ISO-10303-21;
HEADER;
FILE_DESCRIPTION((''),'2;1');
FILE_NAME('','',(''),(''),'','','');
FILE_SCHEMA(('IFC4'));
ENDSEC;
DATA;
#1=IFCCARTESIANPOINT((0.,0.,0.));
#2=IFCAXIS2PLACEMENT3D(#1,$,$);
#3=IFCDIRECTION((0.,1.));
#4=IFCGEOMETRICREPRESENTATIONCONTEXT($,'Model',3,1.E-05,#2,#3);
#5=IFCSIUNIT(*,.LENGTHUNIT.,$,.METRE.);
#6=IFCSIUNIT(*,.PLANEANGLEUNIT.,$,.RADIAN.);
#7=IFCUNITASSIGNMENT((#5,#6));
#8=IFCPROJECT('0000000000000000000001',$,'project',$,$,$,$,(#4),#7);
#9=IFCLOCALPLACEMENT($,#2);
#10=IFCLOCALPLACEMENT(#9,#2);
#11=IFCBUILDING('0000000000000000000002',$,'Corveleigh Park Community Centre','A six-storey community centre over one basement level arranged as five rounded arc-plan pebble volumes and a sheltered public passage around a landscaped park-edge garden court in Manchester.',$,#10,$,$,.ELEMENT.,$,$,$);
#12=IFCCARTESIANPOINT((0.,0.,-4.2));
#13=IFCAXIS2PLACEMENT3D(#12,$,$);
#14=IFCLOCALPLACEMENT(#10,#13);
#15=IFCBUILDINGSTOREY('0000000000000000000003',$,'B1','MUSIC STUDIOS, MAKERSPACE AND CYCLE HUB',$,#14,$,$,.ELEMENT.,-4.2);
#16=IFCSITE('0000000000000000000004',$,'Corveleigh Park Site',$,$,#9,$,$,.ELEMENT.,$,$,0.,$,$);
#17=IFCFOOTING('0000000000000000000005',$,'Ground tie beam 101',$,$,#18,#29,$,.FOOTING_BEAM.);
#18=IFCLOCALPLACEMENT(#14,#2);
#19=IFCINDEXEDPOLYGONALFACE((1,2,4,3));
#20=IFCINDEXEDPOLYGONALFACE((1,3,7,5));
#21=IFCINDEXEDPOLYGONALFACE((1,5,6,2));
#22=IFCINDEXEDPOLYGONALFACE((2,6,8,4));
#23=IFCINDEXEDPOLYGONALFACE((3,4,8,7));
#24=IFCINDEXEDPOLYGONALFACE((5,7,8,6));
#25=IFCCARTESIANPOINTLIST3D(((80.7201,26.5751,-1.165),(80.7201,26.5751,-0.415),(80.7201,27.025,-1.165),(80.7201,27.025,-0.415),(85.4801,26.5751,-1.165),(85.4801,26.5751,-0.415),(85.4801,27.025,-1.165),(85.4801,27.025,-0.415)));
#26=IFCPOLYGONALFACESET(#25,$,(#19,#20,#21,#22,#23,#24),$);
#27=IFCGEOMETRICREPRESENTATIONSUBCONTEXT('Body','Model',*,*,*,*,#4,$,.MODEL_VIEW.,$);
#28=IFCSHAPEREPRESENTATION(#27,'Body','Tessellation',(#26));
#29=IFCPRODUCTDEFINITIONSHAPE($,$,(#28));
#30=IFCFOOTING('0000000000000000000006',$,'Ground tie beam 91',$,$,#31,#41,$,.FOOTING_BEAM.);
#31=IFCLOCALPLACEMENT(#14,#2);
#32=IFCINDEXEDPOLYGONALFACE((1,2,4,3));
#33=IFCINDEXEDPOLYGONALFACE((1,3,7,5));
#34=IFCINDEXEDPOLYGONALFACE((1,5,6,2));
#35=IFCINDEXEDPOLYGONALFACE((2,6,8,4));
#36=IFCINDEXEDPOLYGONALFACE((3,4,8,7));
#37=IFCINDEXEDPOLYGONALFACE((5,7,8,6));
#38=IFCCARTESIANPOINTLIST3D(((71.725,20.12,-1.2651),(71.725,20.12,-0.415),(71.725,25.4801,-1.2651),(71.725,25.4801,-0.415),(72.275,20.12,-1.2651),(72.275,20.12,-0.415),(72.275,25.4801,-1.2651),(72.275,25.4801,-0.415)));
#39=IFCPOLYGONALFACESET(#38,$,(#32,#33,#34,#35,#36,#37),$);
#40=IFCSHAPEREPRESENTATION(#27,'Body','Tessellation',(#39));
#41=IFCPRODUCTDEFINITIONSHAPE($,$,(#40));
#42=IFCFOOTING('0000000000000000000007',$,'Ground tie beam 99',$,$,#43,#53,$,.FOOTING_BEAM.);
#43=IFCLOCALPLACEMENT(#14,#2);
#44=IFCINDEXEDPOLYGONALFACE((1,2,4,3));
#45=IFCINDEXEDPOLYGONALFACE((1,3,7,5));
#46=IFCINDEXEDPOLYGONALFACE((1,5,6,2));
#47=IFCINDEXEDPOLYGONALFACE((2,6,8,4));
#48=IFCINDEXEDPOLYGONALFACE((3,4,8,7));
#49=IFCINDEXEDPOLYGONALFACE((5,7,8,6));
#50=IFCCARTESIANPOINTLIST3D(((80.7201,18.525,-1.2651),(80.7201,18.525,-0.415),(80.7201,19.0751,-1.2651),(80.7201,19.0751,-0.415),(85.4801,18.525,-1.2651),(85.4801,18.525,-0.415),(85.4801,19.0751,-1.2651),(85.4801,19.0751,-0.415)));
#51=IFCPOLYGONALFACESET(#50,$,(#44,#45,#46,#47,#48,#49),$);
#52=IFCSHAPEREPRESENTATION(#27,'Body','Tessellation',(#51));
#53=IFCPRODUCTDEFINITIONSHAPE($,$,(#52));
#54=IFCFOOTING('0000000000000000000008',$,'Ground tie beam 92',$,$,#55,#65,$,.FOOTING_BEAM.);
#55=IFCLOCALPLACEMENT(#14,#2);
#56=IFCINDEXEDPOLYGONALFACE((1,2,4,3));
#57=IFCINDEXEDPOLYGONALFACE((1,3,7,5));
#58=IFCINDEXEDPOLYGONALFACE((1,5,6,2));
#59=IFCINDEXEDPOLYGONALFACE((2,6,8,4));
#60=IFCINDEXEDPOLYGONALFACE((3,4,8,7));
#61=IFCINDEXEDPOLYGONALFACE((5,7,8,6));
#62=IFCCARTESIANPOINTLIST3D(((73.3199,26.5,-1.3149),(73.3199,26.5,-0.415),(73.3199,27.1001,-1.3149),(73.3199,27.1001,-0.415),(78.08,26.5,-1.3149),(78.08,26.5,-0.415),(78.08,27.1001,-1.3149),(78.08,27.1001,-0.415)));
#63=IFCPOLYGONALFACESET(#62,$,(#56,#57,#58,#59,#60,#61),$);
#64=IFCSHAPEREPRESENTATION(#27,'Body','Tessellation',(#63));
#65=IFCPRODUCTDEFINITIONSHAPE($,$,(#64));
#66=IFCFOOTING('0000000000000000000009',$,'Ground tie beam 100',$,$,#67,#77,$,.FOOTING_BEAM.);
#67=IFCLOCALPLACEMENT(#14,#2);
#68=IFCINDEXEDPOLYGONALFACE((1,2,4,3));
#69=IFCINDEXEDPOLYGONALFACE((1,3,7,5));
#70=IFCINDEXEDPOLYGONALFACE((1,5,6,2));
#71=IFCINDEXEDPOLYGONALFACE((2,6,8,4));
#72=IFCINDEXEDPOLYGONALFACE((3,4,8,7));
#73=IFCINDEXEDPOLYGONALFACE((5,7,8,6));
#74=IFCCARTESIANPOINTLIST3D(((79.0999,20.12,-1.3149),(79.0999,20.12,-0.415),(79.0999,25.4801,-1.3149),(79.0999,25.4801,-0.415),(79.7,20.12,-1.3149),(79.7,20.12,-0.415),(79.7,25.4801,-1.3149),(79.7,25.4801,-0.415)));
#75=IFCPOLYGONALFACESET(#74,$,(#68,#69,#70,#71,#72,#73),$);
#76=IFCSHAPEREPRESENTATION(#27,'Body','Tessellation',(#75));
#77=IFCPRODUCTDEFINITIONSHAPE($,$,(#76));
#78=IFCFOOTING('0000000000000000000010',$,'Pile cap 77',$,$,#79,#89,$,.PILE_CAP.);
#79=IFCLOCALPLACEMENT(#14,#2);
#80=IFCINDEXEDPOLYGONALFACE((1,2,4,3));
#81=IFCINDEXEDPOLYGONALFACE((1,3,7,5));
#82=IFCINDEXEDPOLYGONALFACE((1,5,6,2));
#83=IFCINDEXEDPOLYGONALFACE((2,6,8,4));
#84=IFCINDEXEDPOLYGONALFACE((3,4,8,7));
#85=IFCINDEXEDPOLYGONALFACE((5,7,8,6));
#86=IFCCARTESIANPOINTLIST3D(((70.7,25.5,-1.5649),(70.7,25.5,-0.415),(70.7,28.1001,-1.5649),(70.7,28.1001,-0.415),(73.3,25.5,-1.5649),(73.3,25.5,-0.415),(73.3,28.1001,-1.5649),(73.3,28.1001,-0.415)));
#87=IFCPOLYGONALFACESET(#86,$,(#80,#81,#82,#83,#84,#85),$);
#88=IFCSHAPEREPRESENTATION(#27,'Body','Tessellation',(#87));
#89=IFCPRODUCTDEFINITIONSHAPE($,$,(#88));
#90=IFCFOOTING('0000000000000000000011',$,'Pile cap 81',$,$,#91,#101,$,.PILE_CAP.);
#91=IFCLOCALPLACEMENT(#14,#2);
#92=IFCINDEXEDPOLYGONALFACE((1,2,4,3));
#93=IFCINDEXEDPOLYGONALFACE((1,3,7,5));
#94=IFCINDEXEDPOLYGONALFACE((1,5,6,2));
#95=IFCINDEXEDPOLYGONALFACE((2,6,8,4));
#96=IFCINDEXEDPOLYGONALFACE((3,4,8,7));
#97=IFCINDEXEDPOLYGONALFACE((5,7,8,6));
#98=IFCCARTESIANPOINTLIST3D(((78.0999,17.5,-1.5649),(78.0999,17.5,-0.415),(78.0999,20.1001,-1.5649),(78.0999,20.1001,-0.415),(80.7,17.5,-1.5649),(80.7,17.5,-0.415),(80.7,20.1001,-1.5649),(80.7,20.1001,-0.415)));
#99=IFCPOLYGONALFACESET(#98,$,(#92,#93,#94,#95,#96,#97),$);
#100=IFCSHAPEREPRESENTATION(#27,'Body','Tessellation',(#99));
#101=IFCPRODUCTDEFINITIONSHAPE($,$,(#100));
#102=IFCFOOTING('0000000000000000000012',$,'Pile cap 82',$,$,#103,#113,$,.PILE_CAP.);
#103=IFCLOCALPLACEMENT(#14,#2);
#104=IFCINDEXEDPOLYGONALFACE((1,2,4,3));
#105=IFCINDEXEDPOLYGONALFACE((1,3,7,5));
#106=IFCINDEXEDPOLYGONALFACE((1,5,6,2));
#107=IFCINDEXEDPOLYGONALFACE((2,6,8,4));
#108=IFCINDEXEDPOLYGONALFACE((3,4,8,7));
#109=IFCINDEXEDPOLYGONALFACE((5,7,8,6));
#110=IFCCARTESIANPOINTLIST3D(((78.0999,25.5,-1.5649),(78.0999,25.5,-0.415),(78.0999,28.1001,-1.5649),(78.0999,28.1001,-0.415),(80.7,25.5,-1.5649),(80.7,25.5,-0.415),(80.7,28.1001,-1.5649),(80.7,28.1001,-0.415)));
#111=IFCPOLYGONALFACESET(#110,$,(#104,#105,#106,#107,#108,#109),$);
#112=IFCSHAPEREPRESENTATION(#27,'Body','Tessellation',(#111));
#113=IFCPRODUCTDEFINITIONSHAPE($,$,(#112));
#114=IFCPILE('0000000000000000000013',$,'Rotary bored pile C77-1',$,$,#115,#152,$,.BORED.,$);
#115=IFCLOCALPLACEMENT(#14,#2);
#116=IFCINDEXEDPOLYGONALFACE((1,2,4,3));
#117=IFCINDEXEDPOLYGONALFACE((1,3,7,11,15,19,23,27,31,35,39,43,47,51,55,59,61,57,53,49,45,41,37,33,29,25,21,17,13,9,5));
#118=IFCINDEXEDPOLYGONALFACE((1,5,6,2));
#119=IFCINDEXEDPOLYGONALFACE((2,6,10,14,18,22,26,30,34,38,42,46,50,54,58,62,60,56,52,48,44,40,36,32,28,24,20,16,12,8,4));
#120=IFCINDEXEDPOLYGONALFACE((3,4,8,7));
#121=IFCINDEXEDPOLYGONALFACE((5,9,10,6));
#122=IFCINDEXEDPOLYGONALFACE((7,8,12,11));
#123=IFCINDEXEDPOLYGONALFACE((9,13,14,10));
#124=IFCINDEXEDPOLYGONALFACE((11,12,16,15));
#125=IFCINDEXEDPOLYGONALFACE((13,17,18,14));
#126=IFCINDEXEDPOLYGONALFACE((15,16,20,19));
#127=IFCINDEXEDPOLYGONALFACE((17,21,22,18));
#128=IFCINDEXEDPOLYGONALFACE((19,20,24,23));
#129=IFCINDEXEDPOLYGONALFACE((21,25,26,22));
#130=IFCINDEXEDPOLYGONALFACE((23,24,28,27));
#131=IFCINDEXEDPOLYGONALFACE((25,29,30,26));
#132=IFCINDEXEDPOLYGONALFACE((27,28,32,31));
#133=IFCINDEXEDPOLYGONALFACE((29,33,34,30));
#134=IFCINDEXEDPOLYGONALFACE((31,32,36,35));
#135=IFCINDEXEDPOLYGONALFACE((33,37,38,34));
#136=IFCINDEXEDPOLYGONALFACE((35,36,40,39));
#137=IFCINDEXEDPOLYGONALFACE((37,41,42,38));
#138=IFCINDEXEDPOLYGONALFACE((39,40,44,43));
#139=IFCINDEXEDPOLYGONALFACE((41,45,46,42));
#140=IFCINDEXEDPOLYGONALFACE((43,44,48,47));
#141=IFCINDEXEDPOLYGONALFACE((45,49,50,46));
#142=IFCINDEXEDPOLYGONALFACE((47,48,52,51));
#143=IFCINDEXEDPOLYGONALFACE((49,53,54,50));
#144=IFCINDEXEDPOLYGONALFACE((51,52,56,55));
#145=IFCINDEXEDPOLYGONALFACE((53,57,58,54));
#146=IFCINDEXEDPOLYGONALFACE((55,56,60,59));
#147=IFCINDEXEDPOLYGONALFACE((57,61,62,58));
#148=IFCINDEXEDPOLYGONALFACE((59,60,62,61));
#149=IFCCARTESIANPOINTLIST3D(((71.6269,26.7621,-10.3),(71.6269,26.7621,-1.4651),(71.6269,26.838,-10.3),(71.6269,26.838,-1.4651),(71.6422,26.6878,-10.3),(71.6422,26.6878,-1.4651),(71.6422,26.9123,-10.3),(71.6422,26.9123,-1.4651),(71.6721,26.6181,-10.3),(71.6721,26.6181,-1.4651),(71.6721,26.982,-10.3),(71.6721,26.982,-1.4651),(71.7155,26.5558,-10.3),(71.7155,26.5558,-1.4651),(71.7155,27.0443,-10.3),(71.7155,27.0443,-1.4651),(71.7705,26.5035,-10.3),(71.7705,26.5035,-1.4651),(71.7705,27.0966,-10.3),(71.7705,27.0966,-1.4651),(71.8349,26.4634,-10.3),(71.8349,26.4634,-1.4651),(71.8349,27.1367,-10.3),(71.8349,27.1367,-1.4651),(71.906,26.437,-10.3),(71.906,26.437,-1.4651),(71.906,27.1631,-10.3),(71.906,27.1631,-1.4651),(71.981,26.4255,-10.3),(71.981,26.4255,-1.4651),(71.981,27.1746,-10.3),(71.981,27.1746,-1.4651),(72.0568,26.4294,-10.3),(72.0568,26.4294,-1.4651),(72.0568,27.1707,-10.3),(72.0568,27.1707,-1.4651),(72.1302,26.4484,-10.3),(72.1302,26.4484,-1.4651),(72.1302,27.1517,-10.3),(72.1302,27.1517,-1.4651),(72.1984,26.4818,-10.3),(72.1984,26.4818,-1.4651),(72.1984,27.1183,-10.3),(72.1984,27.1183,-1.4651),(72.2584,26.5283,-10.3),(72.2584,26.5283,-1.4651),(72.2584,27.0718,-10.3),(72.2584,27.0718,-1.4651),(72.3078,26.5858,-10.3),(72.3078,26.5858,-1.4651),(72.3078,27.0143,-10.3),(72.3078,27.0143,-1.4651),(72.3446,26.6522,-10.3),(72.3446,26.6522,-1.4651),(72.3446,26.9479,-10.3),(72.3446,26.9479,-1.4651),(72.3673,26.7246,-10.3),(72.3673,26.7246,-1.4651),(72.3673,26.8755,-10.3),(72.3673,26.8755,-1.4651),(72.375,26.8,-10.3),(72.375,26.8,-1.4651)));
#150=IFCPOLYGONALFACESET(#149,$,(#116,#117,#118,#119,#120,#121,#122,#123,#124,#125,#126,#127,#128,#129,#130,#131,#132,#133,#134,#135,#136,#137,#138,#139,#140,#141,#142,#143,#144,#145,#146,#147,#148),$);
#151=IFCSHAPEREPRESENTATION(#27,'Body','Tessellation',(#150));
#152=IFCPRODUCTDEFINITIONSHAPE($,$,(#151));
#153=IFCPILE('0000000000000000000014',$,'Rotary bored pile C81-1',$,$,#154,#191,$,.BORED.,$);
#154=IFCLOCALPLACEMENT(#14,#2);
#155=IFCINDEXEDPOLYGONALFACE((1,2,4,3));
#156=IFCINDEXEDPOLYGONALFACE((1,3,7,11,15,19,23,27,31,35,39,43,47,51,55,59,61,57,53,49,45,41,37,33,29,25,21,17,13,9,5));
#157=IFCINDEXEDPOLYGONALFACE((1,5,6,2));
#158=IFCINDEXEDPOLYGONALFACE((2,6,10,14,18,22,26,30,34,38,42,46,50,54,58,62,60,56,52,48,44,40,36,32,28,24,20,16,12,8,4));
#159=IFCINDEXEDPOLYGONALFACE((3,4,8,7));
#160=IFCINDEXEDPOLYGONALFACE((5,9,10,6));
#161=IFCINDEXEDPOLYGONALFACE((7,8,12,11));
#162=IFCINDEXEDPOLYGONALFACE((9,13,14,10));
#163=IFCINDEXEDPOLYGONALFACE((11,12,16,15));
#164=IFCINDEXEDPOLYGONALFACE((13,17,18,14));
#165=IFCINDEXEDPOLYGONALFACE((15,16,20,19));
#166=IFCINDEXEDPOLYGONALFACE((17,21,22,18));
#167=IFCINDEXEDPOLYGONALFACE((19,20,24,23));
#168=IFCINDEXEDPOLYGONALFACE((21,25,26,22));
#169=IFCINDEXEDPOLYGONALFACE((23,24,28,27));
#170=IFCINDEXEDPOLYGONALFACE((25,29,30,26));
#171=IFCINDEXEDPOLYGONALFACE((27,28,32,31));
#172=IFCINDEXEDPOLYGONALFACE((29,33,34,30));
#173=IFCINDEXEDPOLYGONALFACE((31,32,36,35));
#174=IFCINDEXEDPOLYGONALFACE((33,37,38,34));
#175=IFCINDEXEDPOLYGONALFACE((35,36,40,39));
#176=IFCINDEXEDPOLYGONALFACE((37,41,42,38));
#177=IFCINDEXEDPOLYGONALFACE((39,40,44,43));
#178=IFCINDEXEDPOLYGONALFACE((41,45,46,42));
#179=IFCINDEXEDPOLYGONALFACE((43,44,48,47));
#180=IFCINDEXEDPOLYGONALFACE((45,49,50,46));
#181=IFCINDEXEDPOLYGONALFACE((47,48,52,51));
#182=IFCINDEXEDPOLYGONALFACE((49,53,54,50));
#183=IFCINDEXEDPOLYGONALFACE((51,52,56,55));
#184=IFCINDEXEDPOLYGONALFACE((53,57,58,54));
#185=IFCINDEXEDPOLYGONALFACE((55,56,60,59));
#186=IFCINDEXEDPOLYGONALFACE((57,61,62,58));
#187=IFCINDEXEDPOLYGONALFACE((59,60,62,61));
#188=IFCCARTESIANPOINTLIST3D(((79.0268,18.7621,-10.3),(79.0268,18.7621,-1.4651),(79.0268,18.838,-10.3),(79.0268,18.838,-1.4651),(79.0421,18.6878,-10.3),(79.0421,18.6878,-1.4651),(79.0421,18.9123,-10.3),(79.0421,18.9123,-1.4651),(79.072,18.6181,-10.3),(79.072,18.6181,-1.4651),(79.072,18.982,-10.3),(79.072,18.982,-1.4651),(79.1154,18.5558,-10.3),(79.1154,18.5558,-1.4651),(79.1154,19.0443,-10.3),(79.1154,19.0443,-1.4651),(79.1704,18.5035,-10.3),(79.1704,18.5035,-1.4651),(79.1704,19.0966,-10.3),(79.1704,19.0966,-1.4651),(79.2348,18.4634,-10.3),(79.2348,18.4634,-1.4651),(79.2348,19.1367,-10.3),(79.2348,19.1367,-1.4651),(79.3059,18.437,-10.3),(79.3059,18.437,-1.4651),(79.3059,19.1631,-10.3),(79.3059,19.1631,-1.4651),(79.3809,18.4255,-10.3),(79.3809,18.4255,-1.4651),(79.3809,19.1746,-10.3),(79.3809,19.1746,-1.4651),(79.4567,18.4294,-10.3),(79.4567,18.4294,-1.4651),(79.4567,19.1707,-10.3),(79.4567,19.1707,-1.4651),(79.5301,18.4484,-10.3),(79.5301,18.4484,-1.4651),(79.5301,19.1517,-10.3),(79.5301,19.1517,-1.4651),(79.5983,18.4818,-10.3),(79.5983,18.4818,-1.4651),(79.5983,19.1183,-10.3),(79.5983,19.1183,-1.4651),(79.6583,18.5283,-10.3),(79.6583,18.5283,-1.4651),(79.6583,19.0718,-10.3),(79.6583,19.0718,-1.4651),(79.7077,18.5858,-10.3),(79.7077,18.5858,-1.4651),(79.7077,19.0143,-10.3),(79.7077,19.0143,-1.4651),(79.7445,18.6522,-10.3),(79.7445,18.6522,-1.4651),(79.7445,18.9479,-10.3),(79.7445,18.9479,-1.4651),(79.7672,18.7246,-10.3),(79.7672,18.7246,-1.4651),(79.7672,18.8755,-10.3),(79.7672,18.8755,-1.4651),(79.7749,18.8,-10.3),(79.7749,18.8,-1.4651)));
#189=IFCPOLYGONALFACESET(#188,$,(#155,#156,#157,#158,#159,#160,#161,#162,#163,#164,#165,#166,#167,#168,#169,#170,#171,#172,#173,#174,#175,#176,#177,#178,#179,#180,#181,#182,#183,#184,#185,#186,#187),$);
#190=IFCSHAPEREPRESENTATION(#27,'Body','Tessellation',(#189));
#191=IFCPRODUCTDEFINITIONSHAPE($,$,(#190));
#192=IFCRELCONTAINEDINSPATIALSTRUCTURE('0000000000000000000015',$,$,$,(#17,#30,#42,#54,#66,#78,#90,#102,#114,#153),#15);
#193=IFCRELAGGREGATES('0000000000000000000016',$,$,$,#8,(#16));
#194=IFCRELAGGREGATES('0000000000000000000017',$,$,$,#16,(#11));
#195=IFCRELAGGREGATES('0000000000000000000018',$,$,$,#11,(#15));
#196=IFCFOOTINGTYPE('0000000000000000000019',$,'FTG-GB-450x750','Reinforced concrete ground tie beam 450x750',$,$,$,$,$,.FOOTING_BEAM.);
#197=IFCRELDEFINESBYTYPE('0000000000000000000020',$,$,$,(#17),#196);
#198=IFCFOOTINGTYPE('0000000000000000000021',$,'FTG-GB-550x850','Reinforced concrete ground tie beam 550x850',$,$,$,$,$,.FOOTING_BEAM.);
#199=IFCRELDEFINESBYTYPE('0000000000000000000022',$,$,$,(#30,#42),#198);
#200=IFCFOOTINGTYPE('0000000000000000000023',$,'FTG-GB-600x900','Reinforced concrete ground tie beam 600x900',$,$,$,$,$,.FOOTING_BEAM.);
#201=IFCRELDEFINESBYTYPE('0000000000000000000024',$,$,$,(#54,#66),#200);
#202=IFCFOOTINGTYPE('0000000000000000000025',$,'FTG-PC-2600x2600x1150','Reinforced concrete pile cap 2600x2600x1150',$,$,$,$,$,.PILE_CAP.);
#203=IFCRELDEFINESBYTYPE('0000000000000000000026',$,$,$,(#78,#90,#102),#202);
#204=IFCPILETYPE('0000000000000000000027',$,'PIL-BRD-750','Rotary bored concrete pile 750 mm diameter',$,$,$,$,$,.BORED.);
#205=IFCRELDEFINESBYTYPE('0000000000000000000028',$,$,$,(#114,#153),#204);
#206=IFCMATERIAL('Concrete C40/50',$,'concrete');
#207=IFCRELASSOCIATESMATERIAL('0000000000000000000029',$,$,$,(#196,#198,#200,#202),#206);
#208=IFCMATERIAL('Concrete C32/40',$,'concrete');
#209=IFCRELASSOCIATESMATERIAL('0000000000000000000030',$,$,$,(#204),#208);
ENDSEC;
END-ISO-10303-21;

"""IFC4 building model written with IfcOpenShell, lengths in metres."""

from ifc_helpers import new_model, si_unit, direction, frame, origin, origin_2d, place, context, subcontext, project, spatial, rectangle, circle, extrude, material, material_profile, profile_set, type_object, element, save


model = new_model("IFC4")

# Units and contexts
model_context = context("Model", 3, precision=1e-05, world=origin(), true_north=direction((0.0, 1.0)))
body_context = subcontext(model_context, "Body", "Model", "MODEL_VIEW")
ifc_project = project(units=[si_unit("LENGTHUNIT", "METRE"), si_unit("PLANEANGLEUNIT", "RADIAN")], contexts=[model_context])

# Site, building, storey
site_placement = place(None, origin())
site = spatial("IfcSite", under=ifc_project, at=site_placement, Name="Corveleigh Park Site", CompositionType="ELEMENT", RefElevation=0.0)
building_placement = place(site_placement, origin())
building = spatial("IfcBuilding", under=site, at=building_placement, Name="Corveleigh Park Community Centre", Description="A six-storey community centre over one basement level arranged as five rounded arc-plan pebble volumes and a sheltered public passage around a landscaped park-edge garden court in Manchester.", CompositionType="ELEMENT")
storey_placement = place(building_placement, frame((0.0, 0.0, -4.2)))
storey = spatial("IfcBuildingStorey", under=building, at=storey_placement, Name="B1", Description="MUSIC STUDIOS, MAKERSPACE AND CYCLE HUB", CompositionType="ELEMENT", Elevation=-4.2)

# Footings
ifc_material_1 = material(Name="Concrete C40/50", Category="concrete")
footing_type_1 = type_object("IfcFootingType", Name="FTG-GB-450x750", Description="Reinforced concrete ground tie beam 450x750", PredefinedType="FOOTING_BEAM", material=ifc_material_1)
footing_1_placement = place(storey_placement, frame((83.1001, 26.8, -1.165), z_axis=(0.0, 0.0, 1.0), x_axis=(1.0, 0.0, 0.0)))
element("IfcFooting", 1, at=footing_1_placement, inside=storey, type_object=footing_type_1, Name="Ground tie beam 101", PredefinedType="FOOTING_BEAM", context=body_context, shape_type="SweptSolid", body=[
    extrude(rectangle(XDim=4.76, YDim=0.45, at=origin_2d()), origin(), (0.0, 0.0, 1.0), 0.75),
])
footing_type_2 = type_object("IfcFootingType", Name="FTG-GB-550x850", Description="Reinforced concrete ground tie beam 550x850", PredefinedType="FOOTING_BEAM", material=ifc_material_1)
footing_2_placement = place(storey_placement, frame((72.0, 22.8, -1.2651), z_axis=(0.0, 0.0, 1.0), x_axis=(1.0, 0.0, 0.0)))
element("IfcFooting", 2, at=footing_2_placement, inside=storey, type_object=footing_type_2, Name="Ground tie beam 91", PredefinedType="FOOTING_BEAM", context=body_context, shape_type="SweptSolid", body=[
    extrude(rectangle(XDim=0.55, YDim=5.3601, at=origin_2d()), origin(), (0.0, 0.0, 1.0), 0.8501),
])
footing_3_placement = place(storey_placement, frame((83.1001, 18.8, -1.2651), z_axis=(0.0, 0.0, 1.0), x_axis=(1.0, 0.0, 0.0)))
element("IfcFooting", 3, at=footing_3_placement, inside=storey, type_object=footing_type_2, Name="Ground tie beam 99", PredefinedType="FOOTING_BEAM", context=body_context, shape_type="SweptSolid", body=[
    extrude(rectangle(XDim=4.76, YDim=0.55, at=origin_2d()), origin(), (0.0, 0.0, 1.0), 0.8501),
])
footing_type_3 = type_object("IfcFootingType", Name="FTG-GB-600x900", Description="Reinforced concrete ground tie beam 600x900", PredefinedType="FOOTING_BEAM", material=ifc_material_1)
footing_4_placement = place(storey_placement, frame((75.7, 26.8, -1.3149), z_axis=(0.0, 0.0, 1.0), x_axis=(1.0, 0.0, 0.0)))
element("IfcFooting", 4, at=footing_4_placement, inside=storey, type_object=footing_type_3, Name="Ground tie beam 92", PredefinedType="FOOTING_BEAM", context=body_context, shape_type="SweptSolid", body=[
    extrude(rectangle(XDim=4.76, YDim=0.6001, at=origin_2d()), origin(), (0.0, 0.0, 1.0), 0.8999),
])
footing_5_placement = place(storey_placement, frame((79.3999, 22.8, -1.3149), z_axis=(0.0, 0.0, 1.0), x_axis=(1.0, 0.0, 0.0)))
element("IfcFooting", 5, at=footing_5_placement, inside=storey, type_object=footing_type_3, Name="Ground tie beam 100", PredefinedType="FOOTING_BEAM", context=body_context, shape_type="SweptSolid", body=[
    extrude(rectangle(XDim=0.6001, YDim=5.3601, at=origin_2d()), origin(), (0.0, 0.0, 1.0), 0.8999),
])
footing_type_4 = type_object("IfcFootingType", Name="FTG-PC-2600x2600x1150", Description="Reinforced concrete pile cap 2600x2600x1150", PredefinedType="PILE_CAP", material=ifc_material_1)
for number, where, z_axis, x_axis, name in (
    (6, (72.0, 26.8, -1.5649), (0.0, 0.0, 1.0), (1.0, 0.0, 0.0), "Pile cap 77"),
    (7, (79.3999, 18.8, -1.5649), (0.0, 0.0, 1.0), (1.0, 0.0, 0.0), "Pile cap 81"),
    (8, (79.3999, 26.8, -1.5649), (0.0, 0.0, 1.0), (1.0, 0.0, 0.0), "Pile cap 82"),
):
    element("IfcFooting", number, at=place(storey_placement, frame(where, z_axis=z_axis, x_axis=x_axis)), inside=storey, type_object=footing_type_4, Name=name, PredefinedType="PILE_CAP", context=body_context, shape_type="SweptSolid", body=[
        extrude(rectangle(XDim=2.6001, YDim=2.6001, at=origin_2d()), origin(), (0.0, 0.0, 1.0), 1.1499),
    ])

# Piles
ifc_material_2 = material(Name="Concrete C32/40", Category="concrete")
ifc_material_profile_1 = material_profile(ifc_material_2, circle(Radius=0.375, at=origin_2d()), Name="BORED-PILE-750", Category="concrete")
ifc_profile_set_1 = profile_set([ifc_material_profile_1], Name="Concrete C32/40")
pile_type = type_object("IfcPileType", Name="PIL-BRD-750", Description="Rotary bored concrete pile 750 mm diameter", PredefinedType="BORED", material=ifc_profile_set_1)
for number, where, z_axis, x_axis, name in (
    (9, (72.0, 26.8, -1.4651), (0.0, 0.0, -1.0), (1.0, 0.0, 0.0), "Rotary bored pile C77-1"),
    (10, (79.3999, 18.8, -1.4651), (0.0, 0.0, -1.0), (1.0, 0.0, 0.0), "Rotary bored pile C81-1"),
):
    element("IfcPile", number, at=place(storey_placement, frame(where, z_axis=z_axis, x_axis=x_axis)), inside=storey, type_object=pile_type, Name=name, PredefinedType="BORED", context=body_context, shape_type="SweptSolid", body=[
        extrude(circle(Radius=0.375, at=origin_2d()), origin(), (0.0, 0.0, 1.0), 8.835),
    ])

save(model, "model.ifc")
